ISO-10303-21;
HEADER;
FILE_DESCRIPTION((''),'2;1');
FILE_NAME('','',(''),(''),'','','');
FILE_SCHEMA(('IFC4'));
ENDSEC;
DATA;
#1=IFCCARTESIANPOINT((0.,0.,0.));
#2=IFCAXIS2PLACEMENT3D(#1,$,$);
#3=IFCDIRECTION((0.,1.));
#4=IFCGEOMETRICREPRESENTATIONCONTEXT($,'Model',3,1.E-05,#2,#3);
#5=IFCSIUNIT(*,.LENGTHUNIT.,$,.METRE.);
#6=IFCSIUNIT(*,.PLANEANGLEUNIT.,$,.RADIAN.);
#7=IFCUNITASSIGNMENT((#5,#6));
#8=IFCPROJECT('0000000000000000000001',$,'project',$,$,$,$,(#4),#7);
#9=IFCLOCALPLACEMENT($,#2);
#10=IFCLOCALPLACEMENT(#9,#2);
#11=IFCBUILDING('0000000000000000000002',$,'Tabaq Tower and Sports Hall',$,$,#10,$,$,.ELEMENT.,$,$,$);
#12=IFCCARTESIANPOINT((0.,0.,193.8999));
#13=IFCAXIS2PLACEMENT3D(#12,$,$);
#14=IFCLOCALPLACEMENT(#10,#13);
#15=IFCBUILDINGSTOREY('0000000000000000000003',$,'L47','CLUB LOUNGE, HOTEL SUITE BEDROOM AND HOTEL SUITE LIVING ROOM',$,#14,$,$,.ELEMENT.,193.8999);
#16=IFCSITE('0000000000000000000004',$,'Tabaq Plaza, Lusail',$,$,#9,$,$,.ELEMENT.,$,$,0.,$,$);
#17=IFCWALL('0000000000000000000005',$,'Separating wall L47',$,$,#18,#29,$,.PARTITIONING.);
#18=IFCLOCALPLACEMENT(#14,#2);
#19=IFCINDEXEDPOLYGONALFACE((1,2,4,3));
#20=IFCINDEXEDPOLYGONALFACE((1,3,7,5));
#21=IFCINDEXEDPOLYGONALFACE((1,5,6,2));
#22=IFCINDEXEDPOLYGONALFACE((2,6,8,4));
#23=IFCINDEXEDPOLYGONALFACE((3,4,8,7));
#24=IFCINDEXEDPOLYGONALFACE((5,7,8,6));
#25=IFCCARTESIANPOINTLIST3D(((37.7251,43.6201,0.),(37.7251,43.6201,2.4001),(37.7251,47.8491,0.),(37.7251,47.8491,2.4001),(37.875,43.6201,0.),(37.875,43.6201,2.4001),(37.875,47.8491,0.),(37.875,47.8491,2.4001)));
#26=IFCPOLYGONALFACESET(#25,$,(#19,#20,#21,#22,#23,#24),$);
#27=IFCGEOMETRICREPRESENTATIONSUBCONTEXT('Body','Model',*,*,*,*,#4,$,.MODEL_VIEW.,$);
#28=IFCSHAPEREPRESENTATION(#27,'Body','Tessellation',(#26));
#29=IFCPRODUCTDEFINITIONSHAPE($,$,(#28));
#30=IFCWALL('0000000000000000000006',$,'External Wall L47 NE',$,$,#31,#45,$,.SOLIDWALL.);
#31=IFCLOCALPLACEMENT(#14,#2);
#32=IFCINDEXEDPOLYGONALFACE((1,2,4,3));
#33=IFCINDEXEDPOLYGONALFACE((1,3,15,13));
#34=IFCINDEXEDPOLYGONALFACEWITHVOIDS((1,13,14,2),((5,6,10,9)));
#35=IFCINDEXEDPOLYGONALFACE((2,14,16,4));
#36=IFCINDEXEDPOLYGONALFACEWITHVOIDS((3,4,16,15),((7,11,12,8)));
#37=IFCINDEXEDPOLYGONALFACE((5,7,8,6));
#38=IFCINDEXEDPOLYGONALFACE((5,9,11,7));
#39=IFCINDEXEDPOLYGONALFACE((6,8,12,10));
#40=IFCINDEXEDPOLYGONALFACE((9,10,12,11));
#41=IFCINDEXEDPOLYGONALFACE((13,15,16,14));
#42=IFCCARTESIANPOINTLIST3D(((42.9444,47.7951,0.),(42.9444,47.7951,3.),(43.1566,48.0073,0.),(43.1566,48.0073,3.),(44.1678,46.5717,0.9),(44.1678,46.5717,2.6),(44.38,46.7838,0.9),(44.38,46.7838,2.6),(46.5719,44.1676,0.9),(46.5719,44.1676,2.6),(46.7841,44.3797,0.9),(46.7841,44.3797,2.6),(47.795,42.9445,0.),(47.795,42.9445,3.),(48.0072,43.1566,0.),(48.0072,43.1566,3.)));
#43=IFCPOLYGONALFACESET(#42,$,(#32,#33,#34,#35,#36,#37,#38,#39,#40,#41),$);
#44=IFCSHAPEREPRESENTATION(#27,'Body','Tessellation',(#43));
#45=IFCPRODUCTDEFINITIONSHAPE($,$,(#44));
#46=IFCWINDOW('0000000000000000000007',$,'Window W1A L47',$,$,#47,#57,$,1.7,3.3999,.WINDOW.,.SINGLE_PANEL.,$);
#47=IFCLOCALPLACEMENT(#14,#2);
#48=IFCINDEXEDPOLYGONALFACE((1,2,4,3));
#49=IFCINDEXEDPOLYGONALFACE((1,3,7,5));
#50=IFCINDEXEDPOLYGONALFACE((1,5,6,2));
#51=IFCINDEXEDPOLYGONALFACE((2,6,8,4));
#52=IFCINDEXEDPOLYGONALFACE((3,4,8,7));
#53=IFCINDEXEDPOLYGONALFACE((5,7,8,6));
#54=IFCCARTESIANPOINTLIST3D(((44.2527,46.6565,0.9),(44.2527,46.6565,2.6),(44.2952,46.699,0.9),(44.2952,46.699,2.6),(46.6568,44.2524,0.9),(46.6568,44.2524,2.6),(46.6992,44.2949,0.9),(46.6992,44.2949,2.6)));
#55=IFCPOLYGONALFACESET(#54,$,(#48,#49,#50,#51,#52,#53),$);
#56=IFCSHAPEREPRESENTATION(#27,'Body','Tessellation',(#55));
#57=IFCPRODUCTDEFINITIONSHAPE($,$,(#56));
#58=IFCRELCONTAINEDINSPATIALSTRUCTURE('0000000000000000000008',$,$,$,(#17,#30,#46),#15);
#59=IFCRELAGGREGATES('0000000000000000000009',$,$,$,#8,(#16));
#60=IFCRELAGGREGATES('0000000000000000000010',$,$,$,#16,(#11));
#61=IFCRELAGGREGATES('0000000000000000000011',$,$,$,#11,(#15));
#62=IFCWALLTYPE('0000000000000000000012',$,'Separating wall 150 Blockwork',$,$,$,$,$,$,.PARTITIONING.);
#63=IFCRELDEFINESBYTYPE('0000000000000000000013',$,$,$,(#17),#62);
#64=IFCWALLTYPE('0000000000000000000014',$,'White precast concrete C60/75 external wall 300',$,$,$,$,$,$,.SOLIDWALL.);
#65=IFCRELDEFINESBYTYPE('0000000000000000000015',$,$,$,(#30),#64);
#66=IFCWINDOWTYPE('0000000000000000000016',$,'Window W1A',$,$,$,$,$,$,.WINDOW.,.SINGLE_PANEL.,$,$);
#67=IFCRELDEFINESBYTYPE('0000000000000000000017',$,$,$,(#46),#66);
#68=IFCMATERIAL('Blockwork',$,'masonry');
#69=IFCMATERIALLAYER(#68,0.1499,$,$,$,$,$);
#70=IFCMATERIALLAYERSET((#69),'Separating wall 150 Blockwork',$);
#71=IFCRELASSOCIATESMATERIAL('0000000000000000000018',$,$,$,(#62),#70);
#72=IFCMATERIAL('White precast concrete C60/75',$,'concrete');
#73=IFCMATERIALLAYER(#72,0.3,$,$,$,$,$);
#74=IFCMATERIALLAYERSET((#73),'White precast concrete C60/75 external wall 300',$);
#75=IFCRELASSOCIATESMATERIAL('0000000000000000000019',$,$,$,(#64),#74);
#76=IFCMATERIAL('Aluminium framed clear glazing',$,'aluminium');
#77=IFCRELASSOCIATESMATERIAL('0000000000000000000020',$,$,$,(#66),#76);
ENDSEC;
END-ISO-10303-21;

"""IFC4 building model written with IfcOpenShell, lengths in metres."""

from ifc_helpers import new_model, si_unit, direction, frame, frame_2d, origin, place, context, subcontext, project, spatial, rectangle, extrude, material, layer, layer_set, type_object, element, fill, save


model = new_model("IFC4")

# Units and contexts
model_context = context("Model", 3, precision=1e-05, world=origin(), true_north=direction((0.0, 1.0)))
body_context = subcontext(model_context, "Body", "Model", "MODEL_VIEW")
ifc_project = project(units=[si_unit("LENGTHUNIT", "METRE"), si_unit("PLANEANGLEUNIT", "RADIAN")], contexts=[model_context])

# Site, building, storey
site_placement = place(None, origin())
site = spatial("IfcSite", under=ifc_project, at=site_placement, Name="Tabaq Plaza, Lusail", CompositionType="ELEMENT", RefElevation=0.0)
building_placement = place(site_placement, origin())
building = spatial("IfcBuilding", under=site, at=building_placement, Name="Tabaq Tower and Sports Hall", CompositionType="ELEMENT")
storey_placement = place(building_placement, frame((0.0, 0.0, 193.8999)))
storey = spatial("IfcBuildingStorey", under=building, at=storey_placement, Name="L47", Description="CLUB LOUNGE, HOTEL SUITE BEDROOM AND HOTEL SUITE LIVING ROOM", CompositionType="ELEMENT", Elevation=193.8999)

# Wall
ifc_material_1 = material(Name="Blockwork", Category="masonry")
ifc_layer_1 = layer(ifc_material_1, 0.1499)
ifc_layer_set_1 = layer_set([ifc_layer_1], Name="Separating wall 150 Blockwork")
wall_type_1 = type_object("IfcWallType", Name="Separating wall 150 Blockwork", PredefinedType="PARTITIONING", material=ifc_layer_set_1)
wall_1_placement = place(storey_placement, frame((37.8, 43.6201, 0.0), z_axis=(0.0, 0.0, 1.0), x_axis=(0.0, 1.0, 0.0)))
element("IfcWall", 1, at=wall_1_placement, inside=storey, type_object=wall_type_1, Name="Separating wall L47", PredefinedType="PARTITIONING", context=body_context, shape_type="SweptSolid", body=[
    extrude(rectangle(XDim=4.229, YDim=0.1499, at=frame_2d((2.1145, 0.0))), origin(), (0.0, 0.0, 1.0), 2.4001),
])

# Wall, opening, window
ifc_material_2 = material(Name="White precast concrete C60/75", Category="concrete")
ifc_layer_2 = layer(ifc_material_2, 0.3)
ifc_layer_set_2 = layer_set([ifc_layer_2], Name="White precast concrete C60/75 external wall 300")
wall_type_2 = type_object("IfcWallType", Name="White precast concrete C60/75 external wall 300", PredefinedType="SOLIDWALL", material=ifc_layer_set_2)
wall_2_placement = place(storey_placement, frame((47.9011, 43.0505, 0.0), z_axis=(0.0, 0.0, 1.0), x_axis=(-0.707107, 0.707107, 0.0)))
wall_2 = element("IfcWall", 2, at=wall_2_placement, inside=storey, type_object=wall_type_2, Name="External Wall L47 NE", PredefinedType="SOLIDWALL", context=body_context, shape_type="SweptSolid", body=[
    extrude(rectangle(XDim=6.8599, YDim=0.3, at=frame_2d((3.4299, 0.0))), origin(), (0.0, 0.0, 1.0), 3.0),
])
opening_1_placement = place(wall_2_placement, frame((1.7297, 0.0, 0.8999)))
opening_1 = element("IfcOpeningElement", 3, at=opening_1_placement, cuts=wall_2, PredefinedType="OPENING", context=body_context, shape_type="SweptSolid", body=[
    extrude(rectangle(XDim=3.3999, YDim=1.7, at=frame_2d((1.7, 0.8501))), frame((0.0, 0.1602, 0.0), z_axis=(0.0, -1.0, 0.0), x_axis=(1.0, 0.0, 0.0)), (0.0, 0.0, 1.0), 0.3201),
])
ifc_material_3 = material(Name="Aluminium framed clear glazing", Category="aluminium")
window_type_1 = type_object("IfcWindowType", Name="Window W1A", PartitioningType="SINGLE_PANEL", PredefinedType="WINDOW", material=ifc_material_3)
window_1_placement = place(opening_1_placement, origin())
window_1 = element("IfcWindow", 4, at=window_1_placement, inside=storey, type_object=window_type_1, Name="Window W1A L47", OverallHeight=1.7, OverallWidth=3.3999, PartitioningType="SINGLE_PANEL", PredefinedType="WINDOW", context=body_context, shape_type="SweptSolid", body=[
    extrude(rectangle(XDim=3.3999, YDim=1.7, at=frame_2d((1.7, 0.8501))), frame((0.0, 0.03, 0.0), z_axis=(0.0, -1.0, 0.0), x_axis=(1.0, 0.0, 0.0)), (0.0, 0.0, 1.0), 0.0601),
])
fill(opening_1, window_1)

save(model, "model.ifc")
